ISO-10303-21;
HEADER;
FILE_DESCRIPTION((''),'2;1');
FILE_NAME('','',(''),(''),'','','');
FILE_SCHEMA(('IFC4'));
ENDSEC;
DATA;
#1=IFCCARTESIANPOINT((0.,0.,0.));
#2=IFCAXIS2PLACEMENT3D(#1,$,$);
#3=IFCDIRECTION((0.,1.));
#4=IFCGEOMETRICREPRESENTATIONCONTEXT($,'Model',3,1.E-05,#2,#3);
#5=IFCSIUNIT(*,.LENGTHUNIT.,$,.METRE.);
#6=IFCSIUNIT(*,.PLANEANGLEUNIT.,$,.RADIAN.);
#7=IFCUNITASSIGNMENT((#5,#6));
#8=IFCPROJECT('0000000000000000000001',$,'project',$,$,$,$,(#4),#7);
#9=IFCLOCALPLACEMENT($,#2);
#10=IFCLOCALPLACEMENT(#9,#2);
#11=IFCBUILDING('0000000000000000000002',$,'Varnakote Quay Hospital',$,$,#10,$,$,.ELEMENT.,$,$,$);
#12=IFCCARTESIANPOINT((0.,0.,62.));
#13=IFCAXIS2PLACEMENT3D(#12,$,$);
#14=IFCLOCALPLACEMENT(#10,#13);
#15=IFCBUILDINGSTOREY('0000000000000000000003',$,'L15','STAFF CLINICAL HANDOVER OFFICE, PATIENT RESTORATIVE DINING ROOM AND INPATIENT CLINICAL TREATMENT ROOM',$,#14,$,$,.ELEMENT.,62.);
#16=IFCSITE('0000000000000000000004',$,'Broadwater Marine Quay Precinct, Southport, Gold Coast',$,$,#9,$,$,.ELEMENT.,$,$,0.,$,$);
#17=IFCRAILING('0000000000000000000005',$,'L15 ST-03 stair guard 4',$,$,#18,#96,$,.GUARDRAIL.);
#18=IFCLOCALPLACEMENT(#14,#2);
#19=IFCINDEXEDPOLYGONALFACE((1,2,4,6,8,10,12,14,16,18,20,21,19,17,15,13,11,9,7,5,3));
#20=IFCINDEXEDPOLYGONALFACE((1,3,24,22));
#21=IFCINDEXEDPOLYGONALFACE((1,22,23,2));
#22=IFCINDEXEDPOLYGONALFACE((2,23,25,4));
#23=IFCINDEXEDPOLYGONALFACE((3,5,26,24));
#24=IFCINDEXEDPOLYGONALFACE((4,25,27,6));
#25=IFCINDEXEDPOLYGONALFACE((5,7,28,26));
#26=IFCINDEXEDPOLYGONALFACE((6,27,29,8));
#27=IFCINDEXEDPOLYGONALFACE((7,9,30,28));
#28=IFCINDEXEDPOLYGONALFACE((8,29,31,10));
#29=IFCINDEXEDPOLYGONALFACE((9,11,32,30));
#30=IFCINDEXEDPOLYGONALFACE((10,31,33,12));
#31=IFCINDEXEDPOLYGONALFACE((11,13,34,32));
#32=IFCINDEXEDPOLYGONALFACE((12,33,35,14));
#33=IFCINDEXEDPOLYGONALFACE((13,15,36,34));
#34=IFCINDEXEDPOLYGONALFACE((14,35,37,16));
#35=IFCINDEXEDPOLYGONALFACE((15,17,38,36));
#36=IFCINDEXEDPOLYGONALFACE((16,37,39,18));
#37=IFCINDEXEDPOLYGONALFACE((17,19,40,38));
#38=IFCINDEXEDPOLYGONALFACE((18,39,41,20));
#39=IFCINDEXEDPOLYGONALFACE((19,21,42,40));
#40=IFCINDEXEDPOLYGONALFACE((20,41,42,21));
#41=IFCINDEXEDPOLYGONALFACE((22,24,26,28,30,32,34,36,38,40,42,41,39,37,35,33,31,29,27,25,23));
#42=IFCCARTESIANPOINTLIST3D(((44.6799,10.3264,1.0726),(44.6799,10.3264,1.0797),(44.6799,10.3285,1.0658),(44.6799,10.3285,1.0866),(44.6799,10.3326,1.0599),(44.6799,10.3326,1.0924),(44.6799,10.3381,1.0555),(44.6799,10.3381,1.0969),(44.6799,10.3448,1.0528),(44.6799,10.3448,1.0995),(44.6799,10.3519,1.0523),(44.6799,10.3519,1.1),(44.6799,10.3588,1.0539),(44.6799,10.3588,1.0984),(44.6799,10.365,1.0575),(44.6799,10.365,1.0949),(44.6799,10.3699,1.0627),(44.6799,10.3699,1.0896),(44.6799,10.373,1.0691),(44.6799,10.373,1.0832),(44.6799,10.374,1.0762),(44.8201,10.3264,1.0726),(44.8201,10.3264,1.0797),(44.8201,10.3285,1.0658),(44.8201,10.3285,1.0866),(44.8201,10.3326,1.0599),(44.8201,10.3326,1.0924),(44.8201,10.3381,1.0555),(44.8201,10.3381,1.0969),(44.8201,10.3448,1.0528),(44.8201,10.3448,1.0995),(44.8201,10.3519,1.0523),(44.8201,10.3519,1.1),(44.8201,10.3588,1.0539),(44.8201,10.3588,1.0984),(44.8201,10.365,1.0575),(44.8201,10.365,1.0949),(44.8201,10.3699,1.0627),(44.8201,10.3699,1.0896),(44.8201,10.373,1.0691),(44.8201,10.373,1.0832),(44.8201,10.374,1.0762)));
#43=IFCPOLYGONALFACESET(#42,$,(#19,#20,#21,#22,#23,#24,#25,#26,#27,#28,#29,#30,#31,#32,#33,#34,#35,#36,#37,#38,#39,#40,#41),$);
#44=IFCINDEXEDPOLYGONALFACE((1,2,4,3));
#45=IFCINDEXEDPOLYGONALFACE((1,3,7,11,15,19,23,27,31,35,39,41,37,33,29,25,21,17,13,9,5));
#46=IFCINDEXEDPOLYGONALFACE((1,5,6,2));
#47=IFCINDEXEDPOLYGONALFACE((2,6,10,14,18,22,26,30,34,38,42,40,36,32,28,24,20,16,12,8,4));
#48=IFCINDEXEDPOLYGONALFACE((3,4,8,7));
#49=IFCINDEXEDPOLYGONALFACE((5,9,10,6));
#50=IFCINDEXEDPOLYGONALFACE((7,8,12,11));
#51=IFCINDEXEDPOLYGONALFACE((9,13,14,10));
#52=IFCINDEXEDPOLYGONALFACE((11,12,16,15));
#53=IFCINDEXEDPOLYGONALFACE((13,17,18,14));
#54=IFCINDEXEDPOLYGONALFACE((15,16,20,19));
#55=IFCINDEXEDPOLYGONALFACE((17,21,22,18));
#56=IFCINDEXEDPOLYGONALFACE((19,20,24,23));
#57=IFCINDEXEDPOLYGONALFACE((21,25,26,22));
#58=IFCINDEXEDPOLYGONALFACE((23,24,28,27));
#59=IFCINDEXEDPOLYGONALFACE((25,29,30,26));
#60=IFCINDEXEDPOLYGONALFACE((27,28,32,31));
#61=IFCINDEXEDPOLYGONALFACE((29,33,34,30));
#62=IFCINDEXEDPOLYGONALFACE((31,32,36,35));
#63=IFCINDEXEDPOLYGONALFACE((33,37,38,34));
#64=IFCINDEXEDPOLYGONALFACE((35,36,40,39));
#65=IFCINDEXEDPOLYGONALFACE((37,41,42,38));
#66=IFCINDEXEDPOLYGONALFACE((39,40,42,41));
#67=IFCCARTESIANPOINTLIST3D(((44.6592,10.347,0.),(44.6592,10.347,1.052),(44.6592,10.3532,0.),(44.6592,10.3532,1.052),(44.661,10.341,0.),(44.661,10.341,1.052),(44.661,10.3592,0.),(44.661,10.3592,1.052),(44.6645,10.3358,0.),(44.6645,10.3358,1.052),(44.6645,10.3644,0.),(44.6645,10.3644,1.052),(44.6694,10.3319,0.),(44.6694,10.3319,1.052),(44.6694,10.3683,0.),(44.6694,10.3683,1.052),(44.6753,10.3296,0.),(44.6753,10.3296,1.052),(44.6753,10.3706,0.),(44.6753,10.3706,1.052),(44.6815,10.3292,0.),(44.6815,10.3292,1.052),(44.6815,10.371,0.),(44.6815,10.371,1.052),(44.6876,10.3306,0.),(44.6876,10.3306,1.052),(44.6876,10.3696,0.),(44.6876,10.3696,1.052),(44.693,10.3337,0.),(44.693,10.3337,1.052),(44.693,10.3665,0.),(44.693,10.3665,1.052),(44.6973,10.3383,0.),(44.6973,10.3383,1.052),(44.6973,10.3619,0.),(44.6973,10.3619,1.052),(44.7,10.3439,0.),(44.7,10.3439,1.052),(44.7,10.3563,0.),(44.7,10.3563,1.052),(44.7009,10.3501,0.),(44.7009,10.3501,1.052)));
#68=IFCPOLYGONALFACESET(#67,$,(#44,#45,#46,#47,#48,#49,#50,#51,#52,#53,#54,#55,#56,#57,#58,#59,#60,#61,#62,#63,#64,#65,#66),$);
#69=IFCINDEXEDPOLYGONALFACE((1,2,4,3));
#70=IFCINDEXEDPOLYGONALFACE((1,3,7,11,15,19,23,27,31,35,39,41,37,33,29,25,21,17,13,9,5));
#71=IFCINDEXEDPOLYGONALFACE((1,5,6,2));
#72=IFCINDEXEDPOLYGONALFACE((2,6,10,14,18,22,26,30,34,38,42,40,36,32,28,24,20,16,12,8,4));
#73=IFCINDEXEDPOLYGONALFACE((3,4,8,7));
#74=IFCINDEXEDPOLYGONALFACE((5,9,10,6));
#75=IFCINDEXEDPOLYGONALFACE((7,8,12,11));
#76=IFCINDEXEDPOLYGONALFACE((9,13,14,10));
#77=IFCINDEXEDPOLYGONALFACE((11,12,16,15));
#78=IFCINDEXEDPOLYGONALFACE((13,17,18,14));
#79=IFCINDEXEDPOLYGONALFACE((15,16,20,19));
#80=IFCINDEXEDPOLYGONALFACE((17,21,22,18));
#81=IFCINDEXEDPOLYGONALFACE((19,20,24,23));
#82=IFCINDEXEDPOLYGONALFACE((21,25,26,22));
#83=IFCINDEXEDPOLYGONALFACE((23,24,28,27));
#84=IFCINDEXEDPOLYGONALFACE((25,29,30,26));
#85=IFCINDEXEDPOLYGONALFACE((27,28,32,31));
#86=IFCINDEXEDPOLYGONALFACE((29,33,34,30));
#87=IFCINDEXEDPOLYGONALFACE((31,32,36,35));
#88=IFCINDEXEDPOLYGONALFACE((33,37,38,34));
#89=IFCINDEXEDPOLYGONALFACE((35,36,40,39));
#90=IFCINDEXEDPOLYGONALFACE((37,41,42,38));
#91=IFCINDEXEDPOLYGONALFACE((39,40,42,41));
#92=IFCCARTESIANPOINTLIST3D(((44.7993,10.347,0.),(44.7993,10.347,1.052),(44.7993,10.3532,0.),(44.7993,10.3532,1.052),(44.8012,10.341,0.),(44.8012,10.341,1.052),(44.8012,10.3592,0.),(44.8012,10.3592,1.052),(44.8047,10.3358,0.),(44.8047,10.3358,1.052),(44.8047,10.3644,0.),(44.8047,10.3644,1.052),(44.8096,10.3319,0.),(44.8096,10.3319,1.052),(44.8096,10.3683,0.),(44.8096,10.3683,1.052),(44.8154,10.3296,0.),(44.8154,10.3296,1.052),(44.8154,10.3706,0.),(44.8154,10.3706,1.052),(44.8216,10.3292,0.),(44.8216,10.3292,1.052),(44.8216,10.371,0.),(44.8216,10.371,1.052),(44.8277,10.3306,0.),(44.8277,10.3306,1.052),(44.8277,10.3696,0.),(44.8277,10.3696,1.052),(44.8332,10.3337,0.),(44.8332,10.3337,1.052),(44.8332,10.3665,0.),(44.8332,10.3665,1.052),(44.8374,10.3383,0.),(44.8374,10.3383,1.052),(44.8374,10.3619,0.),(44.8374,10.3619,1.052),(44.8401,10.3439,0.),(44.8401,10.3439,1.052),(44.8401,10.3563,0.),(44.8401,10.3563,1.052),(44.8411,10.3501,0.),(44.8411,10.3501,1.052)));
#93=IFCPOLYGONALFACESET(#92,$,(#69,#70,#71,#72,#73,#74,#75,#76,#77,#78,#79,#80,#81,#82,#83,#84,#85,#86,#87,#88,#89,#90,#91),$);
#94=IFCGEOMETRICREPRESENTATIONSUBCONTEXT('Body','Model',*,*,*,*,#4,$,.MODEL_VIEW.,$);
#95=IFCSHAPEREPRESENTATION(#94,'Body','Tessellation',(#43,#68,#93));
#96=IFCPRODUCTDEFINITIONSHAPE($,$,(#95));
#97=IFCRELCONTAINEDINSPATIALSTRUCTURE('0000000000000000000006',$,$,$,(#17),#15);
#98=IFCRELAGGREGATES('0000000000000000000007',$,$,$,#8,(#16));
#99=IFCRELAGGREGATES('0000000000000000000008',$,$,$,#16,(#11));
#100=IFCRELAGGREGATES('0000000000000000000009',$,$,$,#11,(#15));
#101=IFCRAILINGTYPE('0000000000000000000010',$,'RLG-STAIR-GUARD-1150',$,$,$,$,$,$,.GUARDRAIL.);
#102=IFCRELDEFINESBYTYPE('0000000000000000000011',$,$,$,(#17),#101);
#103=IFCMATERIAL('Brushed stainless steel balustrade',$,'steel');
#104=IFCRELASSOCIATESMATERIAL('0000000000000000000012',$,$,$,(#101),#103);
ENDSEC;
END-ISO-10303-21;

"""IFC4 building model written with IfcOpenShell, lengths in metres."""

from ifc_helpers import new_model, si_unit, direction, frame, origin, origin_2d, place, context, subcontext, project, spatial, circle, extrude, material, type_object, element, save


model = new_model("IFC4")

# Units and contexts
model_context = context("Model", 3, precision=1e-05, world=origin(), true_north=direction((0.0, 1.0)))
body_context = subcontext(model_context, "Body", "Model", "MODEL_VIEW")
ifc_project = project(units=[si_unit("LENGTHUNIT", "METRE"), si_unit("PLANEANGLEUNIT", "RADIAN")], contexts=[model_context])

# Site, building, storey
site_placement = place(None, origin())
site = spatial("IfcSite", under=ifc_project, at=site_placement, Name="Broadwater Marine Quay Precinct, Southport, Gold Coast", CompositionType="ELEMENT", RefElevation=0.0)
building_placement = place(site_placement, origin())
building = spatial("IfcBuilding", under=site, at=building_placement, Name="Varnakote Quay Hospital", CompositionType="ELEMENT")
storey_placement = place(building_placement, frame((0.0, 0.0, 62.0)))
storey = spatial("IfcBuildingStorey", under=building, at=storey_placement, Name="L15", Description="STAFF CLINICAL HANDOVER OFFICE, PATIENT RESTORATIVE DINING ROOM AND INPATIENT CLINICAL TREATMENT ROOM", CompositionType="ELEMENT", Elevation=62.0)

# Railing
ifc_material_1 = material(Name="Brushed stainless steel balustrade", Category="steel")
railing_type_1 = type_object("IfcRailingType", Name="RLG-STAIR-GUARD-1150", PredefinedType="GUARDRAIL", material=ifc_material_1)
railing_1_placement = place(storey_placement, frame((44.6799, 10.3501, 0.0)))
element("IfcRailing", 1, at=railing_1_placement, inside=storey, type_object=railing_type_1, Name="L15 ST-03 stair guard 4", PredefinedType="GUARDRAIL", context=body_context, shape_type="SweptSolid", body=[
    extrude(circle(Radius=0.0239, at=origin_2d()), frame((0.0, 0.0, 1.0762), z_axis=(1.0, 0.0, 0.0), x_axis=(0.0, 1.0, 0.0)), (0.0, 0.0, 1.0), 0.1401),
    extrude(circle(Radius=0.021, at=origin_2d()), origin(), (0.0, 0.0, 1.0), 1.052),
    extrude(circle(Radius=0.021, at=origin_2d()), frame((0.1401, 0.0, 0.0)), (0.0, 0.0, 1.0), 1.052),
])

save(model, "model.ifc")
